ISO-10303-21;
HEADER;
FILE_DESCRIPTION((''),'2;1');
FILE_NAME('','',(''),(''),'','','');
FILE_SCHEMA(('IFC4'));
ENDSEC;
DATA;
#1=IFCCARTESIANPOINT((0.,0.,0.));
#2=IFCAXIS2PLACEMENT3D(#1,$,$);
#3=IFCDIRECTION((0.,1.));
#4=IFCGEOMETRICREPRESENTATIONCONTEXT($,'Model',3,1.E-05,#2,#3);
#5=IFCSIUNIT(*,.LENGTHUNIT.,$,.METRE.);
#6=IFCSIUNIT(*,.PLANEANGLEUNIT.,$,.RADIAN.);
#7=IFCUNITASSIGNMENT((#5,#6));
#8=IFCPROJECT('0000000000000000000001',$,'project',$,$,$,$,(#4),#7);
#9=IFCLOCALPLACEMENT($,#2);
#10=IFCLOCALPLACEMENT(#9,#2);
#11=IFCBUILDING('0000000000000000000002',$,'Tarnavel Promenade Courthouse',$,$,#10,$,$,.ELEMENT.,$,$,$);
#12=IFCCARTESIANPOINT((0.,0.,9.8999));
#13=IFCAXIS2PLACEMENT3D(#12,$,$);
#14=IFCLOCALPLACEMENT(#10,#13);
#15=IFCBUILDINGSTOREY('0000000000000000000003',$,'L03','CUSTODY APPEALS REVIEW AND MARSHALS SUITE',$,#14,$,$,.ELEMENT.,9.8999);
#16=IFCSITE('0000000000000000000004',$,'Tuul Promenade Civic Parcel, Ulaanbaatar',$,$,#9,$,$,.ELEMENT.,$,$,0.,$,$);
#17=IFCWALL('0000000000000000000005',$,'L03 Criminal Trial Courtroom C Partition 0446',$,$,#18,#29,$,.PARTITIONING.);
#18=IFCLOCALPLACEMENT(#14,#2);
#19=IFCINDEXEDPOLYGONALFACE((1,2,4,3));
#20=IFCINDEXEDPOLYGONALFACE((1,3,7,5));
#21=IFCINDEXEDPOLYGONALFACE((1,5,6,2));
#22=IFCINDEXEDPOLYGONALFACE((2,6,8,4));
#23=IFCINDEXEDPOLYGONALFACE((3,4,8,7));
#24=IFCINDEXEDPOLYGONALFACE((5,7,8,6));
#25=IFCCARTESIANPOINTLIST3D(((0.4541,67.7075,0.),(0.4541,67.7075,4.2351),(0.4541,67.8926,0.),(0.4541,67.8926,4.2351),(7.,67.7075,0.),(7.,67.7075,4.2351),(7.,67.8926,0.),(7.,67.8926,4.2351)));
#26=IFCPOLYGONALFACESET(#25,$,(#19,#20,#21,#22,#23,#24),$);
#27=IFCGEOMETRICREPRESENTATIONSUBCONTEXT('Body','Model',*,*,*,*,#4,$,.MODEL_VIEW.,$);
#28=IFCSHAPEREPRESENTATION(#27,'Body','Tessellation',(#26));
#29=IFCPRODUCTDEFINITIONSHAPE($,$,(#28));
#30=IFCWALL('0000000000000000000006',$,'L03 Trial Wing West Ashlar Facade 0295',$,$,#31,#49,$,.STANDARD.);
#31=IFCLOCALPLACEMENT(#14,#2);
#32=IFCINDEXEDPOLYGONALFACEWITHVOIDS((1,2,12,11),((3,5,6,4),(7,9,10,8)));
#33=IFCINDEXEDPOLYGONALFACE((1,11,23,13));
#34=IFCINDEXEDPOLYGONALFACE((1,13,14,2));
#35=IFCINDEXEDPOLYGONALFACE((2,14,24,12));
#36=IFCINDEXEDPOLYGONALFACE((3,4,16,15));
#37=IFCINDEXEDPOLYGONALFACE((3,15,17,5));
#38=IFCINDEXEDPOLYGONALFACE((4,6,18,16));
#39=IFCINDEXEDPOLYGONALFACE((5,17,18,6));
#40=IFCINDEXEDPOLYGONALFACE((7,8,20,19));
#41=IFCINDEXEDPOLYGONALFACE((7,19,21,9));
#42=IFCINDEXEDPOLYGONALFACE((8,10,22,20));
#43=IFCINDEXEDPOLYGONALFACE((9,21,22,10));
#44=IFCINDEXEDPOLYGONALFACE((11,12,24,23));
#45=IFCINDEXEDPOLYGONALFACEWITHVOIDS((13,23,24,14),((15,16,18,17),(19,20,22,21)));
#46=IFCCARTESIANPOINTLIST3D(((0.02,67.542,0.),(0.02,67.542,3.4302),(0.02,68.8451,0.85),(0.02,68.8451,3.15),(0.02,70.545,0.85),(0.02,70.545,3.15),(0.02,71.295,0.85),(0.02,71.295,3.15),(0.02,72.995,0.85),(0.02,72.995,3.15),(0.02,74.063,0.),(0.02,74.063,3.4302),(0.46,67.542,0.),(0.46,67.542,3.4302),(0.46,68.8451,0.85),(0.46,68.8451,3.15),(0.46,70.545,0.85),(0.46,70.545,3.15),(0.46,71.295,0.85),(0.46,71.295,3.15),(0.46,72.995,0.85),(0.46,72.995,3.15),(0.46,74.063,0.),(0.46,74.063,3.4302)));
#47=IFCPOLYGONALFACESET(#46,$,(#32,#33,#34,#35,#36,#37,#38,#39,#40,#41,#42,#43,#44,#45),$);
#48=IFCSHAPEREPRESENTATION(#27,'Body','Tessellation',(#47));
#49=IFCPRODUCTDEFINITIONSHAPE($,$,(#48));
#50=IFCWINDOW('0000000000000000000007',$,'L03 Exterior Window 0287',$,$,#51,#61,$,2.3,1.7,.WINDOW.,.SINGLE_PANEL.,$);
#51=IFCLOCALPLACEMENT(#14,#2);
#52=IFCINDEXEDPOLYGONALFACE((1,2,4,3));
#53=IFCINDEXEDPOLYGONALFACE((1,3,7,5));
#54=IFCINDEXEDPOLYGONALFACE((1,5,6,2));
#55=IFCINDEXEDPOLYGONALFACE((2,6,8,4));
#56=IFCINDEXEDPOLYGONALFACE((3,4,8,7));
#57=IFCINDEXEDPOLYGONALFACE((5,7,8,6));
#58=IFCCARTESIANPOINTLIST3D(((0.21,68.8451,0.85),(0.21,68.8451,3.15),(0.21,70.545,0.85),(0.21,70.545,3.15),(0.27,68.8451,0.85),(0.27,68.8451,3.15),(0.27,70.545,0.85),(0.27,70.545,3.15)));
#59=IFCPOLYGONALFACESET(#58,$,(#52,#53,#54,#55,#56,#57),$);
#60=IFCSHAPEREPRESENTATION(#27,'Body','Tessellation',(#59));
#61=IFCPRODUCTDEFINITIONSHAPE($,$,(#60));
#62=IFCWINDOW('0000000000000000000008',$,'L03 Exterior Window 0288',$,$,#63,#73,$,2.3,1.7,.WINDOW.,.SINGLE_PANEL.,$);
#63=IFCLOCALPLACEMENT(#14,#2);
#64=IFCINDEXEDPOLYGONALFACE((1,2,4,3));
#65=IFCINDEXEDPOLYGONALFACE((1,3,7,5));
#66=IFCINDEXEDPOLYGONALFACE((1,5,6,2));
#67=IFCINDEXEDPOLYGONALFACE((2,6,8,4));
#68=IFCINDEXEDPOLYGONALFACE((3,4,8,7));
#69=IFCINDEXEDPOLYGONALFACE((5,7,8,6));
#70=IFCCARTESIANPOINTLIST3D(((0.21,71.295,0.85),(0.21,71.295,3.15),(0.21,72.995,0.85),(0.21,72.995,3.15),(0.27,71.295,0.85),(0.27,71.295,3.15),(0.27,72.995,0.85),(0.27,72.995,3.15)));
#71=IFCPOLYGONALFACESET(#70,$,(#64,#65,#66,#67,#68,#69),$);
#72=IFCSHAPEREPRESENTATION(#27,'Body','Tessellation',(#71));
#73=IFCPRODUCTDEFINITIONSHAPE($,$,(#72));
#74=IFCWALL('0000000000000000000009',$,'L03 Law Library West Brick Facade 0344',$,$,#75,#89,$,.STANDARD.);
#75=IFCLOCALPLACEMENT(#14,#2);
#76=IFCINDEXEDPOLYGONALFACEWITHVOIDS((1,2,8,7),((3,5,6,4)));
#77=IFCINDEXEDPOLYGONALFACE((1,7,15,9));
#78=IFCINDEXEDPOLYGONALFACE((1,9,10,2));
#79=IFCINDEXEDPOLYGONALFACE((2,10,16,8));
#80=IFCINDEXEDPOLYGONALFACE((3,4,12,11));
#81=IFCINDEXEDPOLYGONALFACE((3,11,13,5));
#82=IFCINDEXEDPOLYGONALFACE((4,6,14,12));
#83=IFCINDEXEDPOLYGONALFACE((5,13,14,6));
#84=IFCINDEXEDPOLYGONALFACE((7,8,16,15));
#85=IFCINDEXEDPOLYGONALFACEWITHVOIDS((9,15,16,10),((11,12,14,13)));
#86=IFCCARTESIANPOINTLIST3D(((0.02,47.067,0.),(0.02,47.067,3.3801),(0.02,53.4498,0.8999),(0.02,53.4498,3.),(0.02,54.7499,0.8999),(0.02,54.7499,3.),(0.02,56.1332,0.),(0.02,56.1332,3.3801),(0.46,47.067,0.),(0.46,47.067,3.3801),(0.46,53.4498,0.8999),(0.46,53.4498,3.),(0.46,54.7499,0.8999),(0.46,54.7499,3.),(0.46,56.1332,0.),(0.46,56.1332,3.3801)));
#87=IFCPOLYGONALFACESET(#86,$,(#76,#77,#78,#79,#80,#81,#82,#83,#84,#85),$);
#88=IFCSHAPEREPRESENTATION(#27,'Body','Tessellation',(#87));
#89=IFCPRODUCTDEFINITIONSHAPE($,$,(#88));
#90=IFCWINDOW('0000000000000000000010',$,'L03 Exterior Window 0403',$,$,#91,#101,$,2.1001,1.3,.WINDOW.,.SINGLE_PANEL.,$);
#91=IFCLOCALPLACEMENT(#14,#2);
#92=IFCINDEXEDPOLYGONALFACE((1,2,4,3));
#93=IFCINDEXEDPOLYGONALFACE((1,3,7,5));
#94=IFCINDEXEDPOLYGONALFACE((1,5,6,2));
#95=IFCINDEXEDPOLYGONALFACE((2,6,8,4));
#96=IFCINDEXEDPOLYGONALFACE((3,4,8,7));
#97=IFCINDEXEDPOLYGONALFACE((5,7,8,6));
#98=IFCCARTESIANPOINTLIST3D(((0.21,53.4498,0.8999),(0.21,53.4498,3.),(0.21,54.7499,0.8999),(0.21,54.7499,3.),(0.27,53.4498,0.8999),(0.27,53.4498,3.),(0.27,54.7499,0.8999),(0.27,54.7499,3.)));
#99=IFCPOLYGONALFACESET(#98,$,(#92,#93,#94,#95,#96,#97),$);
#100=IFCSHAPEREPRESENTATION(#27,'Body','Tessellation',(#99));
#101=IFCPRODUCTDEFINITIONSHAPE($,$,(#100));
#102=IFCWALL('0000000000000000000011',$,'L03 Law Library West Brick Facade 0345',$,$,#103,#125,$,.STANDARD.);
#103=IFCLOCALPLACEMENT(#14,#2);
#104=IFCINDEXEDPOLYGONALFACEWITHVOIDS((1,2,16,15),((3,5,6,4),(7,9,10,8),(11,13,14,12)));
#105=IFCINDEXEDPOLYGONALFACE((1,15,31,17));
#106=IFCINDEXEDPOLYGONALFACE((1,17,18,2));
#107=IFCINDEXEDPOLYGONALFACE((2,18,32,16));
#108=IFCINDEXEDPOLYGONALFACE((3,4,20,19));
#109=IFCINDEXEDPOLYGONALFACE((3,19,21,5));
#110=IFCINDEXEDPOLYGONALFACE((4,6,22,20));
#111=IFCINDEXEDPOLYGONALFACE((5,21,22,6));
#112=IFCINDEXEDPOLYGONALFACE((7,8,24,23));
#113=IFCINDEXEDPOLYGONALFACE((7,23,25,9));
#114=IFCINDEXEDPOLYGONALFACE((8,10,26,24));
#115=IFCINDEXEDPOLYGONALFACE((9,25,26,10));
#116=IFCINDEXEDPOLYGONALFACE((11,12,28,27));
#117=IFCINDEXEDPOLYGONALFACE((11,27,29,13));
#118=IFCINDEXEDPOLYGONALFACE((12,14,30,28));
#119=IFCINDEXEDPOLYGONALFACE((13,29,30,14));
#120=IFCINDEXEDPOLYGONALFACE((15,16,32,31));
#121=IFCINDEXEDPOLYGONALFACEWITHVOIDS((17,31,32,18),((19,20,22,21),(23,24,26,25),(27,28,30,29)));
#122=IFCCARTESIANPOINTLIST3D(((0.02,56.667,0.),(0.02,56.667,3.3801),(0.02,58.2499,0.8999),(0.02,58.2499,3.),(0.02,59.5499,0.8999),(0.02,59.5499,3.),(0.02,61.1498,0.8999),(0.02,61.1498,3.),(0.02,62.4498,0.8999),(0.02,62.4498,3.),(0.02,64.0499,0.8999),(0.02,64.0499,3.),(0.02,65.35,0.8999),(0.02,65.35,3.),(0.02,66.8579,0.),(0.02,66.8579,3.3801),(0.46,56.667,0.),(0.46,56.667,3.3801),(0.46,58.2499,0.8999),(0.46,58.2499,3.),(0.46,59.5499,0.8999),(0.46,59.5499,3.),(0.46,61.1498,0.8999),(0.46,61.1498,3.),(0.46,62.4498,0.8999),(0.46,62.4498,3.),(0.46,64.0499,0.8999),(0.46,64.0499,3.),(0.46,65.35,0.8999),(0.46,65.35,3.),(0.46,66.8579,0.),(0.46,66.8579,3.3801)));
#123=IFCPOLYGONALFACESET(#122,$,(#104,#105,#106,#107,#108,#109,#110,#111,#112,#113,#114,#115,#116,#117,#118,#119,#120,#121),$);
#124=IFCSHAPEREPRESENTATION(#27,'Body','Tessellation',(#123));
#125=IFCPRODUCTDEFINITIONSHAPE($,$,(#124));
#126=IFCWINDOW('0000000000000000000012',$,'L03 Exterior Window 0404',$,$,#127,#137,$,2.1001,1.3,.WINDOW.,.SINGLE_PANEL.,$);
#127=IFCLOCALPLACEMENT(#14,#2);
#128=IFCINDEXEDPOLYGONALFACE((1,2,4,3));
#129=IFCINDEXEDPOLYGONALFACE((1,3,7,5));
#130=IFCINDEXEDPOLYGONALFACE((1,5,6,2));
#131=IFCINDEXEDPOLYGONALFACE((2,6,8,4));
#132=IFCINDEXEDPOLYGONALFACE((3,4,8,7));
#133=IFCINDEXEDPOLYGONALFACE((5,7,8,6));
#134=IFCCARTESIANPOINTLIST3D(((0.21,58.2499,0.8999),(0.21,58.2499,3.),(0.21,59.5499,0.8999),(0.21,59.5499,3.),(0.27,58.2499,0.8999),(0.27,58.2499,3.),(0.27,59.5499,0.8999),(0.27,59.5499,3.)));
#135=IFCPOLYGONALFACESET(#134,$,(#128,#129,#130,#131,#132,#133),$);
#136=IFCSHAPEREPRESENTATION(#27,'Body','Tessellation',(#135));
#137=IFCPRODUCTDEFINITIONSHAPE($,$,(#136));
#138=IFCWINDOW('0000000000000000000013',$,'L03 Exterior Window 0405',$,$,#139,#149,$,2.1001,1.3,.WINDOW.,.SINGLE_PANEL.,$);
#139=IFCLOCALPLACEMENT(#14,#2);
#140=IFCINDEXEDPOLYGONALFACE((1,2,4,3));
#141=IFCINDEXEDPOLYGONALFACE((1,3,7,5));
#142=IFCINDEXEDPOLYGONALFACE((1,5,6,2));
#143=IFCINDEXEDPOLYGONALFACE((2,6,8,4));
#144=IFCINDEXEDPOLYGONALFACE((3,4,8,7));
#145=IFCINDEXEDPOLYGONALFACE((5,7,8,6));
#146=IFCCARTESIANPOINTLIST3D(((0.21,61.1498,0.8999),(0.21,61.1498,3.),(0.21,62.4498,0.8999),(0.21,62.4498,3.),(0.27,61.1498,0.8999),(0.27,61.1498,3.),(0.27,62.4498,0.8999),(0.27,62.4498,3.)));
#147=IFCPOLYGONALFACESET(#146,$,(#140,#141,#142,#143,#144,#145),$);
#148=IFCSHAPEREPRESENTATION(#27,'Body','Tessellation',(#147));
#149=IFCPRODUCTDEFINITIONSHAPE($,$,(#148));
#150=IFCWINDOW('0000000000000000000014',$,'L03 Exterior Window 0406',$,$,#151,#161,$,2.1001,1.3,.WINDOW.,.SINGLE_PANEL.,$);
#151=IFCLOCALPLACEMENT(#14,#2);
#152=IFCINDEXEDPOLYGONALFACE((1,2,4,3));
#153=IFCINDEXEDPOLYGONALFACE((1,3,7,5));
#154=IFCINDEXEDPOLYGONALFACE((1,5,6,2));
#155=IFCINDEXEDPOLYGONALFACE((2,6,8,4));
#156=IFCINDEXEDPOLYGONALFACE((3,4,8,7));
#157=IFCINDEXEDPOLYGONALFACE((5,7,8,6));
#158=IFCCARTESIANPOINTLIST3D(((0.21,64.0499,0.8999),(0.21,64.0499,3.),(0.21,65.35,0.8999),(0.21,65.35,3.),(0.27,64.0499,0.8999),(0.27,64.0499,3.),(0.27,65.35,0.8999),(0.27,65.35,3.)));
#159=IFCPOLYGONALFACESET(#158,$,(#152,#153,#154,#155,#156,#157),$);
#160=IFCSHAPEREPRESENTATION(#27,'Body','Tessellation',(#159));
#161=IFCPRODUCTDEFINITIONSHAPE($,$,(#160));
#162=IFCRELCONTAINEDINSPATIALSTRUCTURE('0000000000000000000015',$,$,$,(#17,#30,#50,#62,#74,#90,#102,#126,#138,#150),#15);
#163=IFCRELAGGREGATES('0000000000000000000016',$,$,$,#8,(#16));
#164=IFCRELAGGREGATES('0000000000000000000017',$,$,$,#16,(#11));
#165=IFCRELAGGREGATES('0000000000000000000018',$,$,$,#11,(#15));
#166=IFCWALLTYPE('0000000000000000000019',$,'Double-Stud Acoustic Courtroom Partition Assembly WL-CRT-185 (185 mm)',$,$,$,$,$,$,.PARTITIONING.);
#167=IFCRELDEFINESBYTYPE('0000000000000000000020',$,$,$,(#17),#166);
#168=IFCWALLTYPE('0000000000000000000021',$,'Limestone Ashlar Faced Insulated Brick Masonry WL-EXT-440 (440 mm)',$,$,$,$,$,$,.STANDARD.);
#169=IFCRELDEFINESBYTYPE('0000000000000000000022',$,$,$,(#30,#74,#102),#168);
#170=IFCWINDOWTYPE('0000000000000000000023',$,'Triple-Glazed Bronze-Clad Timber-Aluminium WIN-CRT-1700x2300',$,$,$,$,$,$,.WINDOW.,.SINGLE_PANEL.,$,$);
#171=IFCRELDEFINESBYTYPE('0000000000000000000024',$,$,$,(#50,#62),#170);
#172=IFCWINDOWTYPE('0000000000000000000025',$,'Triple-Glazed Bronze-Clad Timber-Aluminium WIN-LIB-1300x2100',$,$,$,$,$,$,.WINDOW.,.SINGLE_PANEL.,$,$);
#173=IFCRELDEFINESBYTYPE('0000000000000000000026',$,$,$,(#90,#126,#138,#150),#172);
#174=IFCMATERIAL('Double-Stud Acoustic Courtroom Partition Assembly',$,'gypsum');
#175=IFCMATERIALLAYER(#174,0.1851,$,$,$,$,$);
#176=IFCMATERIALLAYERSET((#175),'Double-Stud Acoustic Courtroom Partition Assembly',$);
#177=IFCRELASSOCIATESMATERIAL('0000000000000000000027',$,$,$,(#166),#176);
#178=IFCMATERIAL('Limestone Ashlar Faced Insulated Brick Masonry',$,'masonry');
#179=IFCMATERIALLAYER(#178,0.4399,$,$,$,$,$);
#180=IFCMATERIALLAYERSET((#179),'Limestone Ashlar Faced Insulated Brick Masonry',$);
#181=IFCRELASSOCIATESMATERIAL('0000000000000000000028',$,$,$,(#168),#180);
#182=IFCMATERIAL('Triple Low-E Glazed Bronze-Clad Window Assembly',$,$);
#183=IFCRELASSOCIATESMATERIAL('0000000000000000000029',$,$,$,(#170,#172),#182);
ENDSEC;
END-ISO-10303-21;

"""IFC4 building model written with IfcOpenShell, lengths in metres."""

from ifc_helpers import new_model, si_unit, direction, frame, frame_2d, origin, place, context, subcontext, project, spatial, rectangle, extrude, material, layer, layer_set, type_object, element, fill, save


model = new_model("IFC4")

# Units and contexts
model_context = context("Model", 3, precision=1e-05, world=origin(), true_north=direction((0.0, 1.0)))
body_context = subcontext(model_context, "Body", "Model", "MODEL_VIEW")
ifc_project = project(units=[si_unit("LENGTHUNIT", "METRE"), si_unit("PLANEANGLEUNIT", "RADIAN")], contexts=[model_context])

# Site, building, storey
site_placement = place(None, origin())
site = spatial("IfcSite", under=ifc_project, at=site_placement, Name="Tuul Promenade Civic Parcel, Ulaanbaatar", CompositionType="ELEMENT", RefElevation=0.0)
building_placement = place(site_placement, origin())
building = spatial("IfcBuilding", under=site, at=building_placement, Name="Tarnavel Promenade Courthouse", CompositionType="ELEMENT")
storey_placement = place(building_placement, frame((0.0, 0.0, 9.8999)))
storey = spatial("IfcBuildingStorey", under=building, at=storey_placement, Name="L03", Description="CUSTODY APPEALS REVIEW AND MARSHALS SUITE", CompositionType="ELEMENT", Elevation=9.8999)

# Wall
ifc_material_1 = material(Name="Double-Stud Acoustic Courtroom Partition Assembly", Category="gypsum")
ifc_layer_1 = layer(ifc_material_1, 0.1851)
ifc_layer_set_1 = layer_set([ifc_layer_1], Name="Double-Stud Acoustic Courtroom Partition Assembly")
wall_type_1 = type_object("IfcWallType", Name="Double-Stud Acoustic Courtroom Partition Assembly WL-CRT-185 (185 mm)", PredefinedType="PARTITIONING", material=ifc_layer_set_1)
wall_1_placement = place(storey_placement, frame((7.0, 67.8, 0.0), z_axis=(0.0, 0.0, 1.0), x_axis=(-1.0, 0.0, 0.0)))
element("IfcWall", 1, at=wall_1_placement, inside=storey, type_object=wall_type_1, Name="L03 Criminal Trial Courtroom C Partition 0446", PredefinedType="PARTITIONING", context=body_context, shape_type="SweptSolid", body=[
    extrude(rectangle(XDim=6.5459, YDim=0.1851, at=frame_2d((3.2729, 0.0))), origin(), (0.0, 0.0, 1.0), 4.2351),
])

# Wall, openings, windows
ifc_material_2 = material(Name="Limestone Ashlar Faced Insulated Brick Masonry", Category="masonry")
ifc_layer_2 = layer(ifc_material_2, 0.4399)
ifc_layer_set_2 = layer_set([ifc_layer_2], Name="Limestone Ashlar Faced Insulated Brick Masonry")
wall_type_2 = type_object("IfcWallType", Name="Limestone Ashlar Faced Insulated Brick Masonry WL-EXT-440 (440 mm)", PredefinedType="STANDARD", material=ifc_layer_set_2)
wall_2_placement = place(storey_placement, frame((0.24, 67.542, 0.0), z_axis=(0.0, 0.0, 1.0), x_axis=(0.0, 1.0, 0.0)))
wall_2 = element("IfcWall", 2, at=wall_2_placement, inside=storey, type_object=wall_type_2, Name="L03 Trial Wing West Ashlar Facade 0295", PredefinedType="STANDARD", context=body_context, shape_type="SweptSolid", body=[
    extrude(rectangle(XDim=6.521, YDim=0.4399, at=frame_2d((3.2605, 0.0))), origin(), (0.0, 0.0, 1.0), 3.4302),
])
opening_1_placement = place(wall_2_placement, frame((1.303, 0.0, 0.8501)))
opening_1 = element("IfcOpeningElement", 3, at=opening_1_placement, cuts=wall_2, PredefinedType="OPENING", context=body_context, shape_type="SweptSolid", body=[
    extrude(rectangle(XDim=1.7, YDim=2.3, at=frame_2d((0.8501, 1.1499))), frame((0.0, 0.23, 0.0), z_axis=(0.0, -1.0, 0.0), x_axis=(1.0, 0.0, 0.0)), (0.0, 0.0, 1.0), 0.46),
])
opening_2_placement = place(wall_2_placement, frame((3.7529, 0.0, 0.8501)))
opening_2 = element("IfcOpeningElement", 4, at=opening_2_placement, cuts=wall_2, PredefinedType="OPENING", context=body_context, shape_type="SweptSolid", body=[
    extrude(rectangle(XDim=1.7, YDim=2.3, at=frame_2d((0.8501, 1.1499))), frame((0.0, 0.23, 0.0), z_axis=(0.0, -1.0, 0.0), x_axis=(1.0, 0.0, 0.0)), (0.0, 0.0, 1.0), 0.46),
])
ifc_material_3 = material(Name="Triple Low-E Glazed Bronze-Clad Window Assembly")
window_type_1 = type_object("IfcWindowType", Name="Triple-Glazed Bronze-Clad Timber-Aluminium WIN-CRT-1700x2300", PartitioningType="SINGLE_PANEL", PredefinedType="WINDOW", material=ifc_material_3)
window_1_placement = place(opening_1_placement, origin())
window_1 = element("IfcWindow", 5, at=window_1_placement, inside=storey, type_object=window_type_1, Name="L03 Exterior Window 0287", OverallHeight=2.3, OverallWidth=1.7, PartitioningType="SINGLE_PANEL", PredefinedType="WINDOW", context=body_context, shape_type="SweptSolid", body=[
    extrude(rectangle(XDim=1.7, YDim=2.3, at=frame_2d((0.8501, 1.1499))), frame((0.0, 0.03, 0.0), z_axis=(0.0, -1.0, 0.0), x_axis=(1.0, 0.0, 0.0)), (0.0, 0.0, 1.0), 0.0601),
])
fill(opening_1, window_1)
window_2_placement = place(opening_2_placement, origin())
window_2 = element("IfcWindow", 6, at=window_2_placement, inside=storey, type_object=window_type_1, Name="L03 Exterior Window 0288", OverallHeight=2.3, OverallWidth=1.7, PartitioningType="SINGLE_PANEL", PredefinedType="WINDOW", context=body_context, shape_type="SweptSolid", body=[
    extrude(rectangle(XDim=1.7, YDim=2.3, at=frame_2d((0.8501, 1.1499))), frame((0.0, 0.03, 0.0), z_axis=(0.0, -1.0, 0.0), x_axis=(1.0, 0.0, 0.0)), (0.0, 0.0, 1.0), 0.0601),
])
fill(opening_2, window_2)

# Wall, opening, window
wall_3_placement = place(storey_placement, frame((0.24, 47.0669, 0.0), z_axis=(0.0, 0.0, 1.0), x_axis=(0.0, 1.0, 0.0)))
wall_3 = element("IfcWall", 7, at=wall_3_placement, inside=storey, type_object=wall_type_2, Name="L03 Law Library West Brick Facade 0344", PredefinedType="STANDARD", context=body_context, shape_type="SweptSolid", body=[
    extrude(rectangle(XDim=9.0662, YDim=0.4399, at=frame_2d((4.5332, 0.0))), origin(), (0.0, 0.0, 1.0), 3.3801),
])
opening_3_placement = place(wall_3_placement, frame((6.3831, 0.0, 0.8999)))
opening_3 = element("IfcOpeningElement", 8, at=opening_3_placement, cuts=wall_3, PredefinedType="OPENING", context=body_context, shape_type="SweptSolid", body=[
    extrude(rectangle(XDim=1.3, YDim=2.1001, at=frame_2d((0.6499, 1.05))), frame((0.0, 0.23, 0.0), z_axis=(0.0, -1.0, 0.0), x_axis=(1.0, 0.0, 0.0)), (0.0, 0.0, 1.0), 0.46),
])
window_type_2 = type_object("IfcWindowType", Name="Triple-Glazed Bronze-Clad Timber-Aluminium WIN-LIB-1300x2100", PartitioningType="SINGLE_PANEL", PredefinedType="WINDOW", material=ifc_material_3)
window_3_placement = place(opening_3_placement, origin())
window_3 = element("IfcWindow", 9, at=window_3_placement, inside=storey, type_object=window_type_2, Name="L03 Exterior Window 0403", OverallHeight=2.1001, OverallWidth=1.3, PartitioningType="SINGLE_PANEL", PredefinedType="WINDOW", context=body_context, shape_type="SweptSolid", body=[
    extrude(rectangle(XDim=1.3, YDim=2.1001, at=frame_2d((0.6499, 1.05))), frame((0.0, 0.03, 0.0), z_axis=(0.0, -1.0, 0.0), x_axis=(1.0, 0.0, 0.0)), (0.0, 0.0, 1.0), 0.0601),
])
fill(opening_3, window_3)

# Wall, openings, windows
wall_4_placement = place(storey_placement, frame((0.24, 56.667, 0.0), z_axis=(0.0, 0.0, 1.0), x_axis=(0.0, 1.0, 0.0)))
wall_4 = element("IfcWall", 10, at=wall_4_placement, inside=storey, type_object=wall_type_2, Name="L03 Law Library West Brick Facade 0345", PredefinedType="STANDARD", context=body_context, shape_type="SweptSolid", body=[
    extrude(rectangle(XDim=10.1909, YDim=0.4399, at=frame_2d((5.0955, 0.0))), origin(), (0.0, 0.0, 1.0), 3.3801),
])
opening_4_placement = place(wall_4_placement, frame((1.583, 0.0, 0.8999)))
opening_4 = element("IfcOpeningElement", 11, at=opening_4_placement, cuts=wall_4, PredefinedType="OPENING", context=body_context, shape_type="SweptSolid", body=[
    extrude(rectangle(XDim=1.3, YDim=2.1001, at=frame_2d((0.6499, 1.05))), frame((0.0, 0.23, 0.0), z_axis=(0.0, -1.0, 0.0), x_axis=(1.0, 0.0, 0.0)), (0.0, 0.0, 1.0), 0.46),
])
opening_5_placement = place(wall_4_placement, frame((4.4829, 0.0, 0.8999)))
opening_5 = element("IfcOpeningElement", 12, at=opening_5_placement, cuts=wall_4, PredefinedType="OPENING", context=body_context, shape_type="SweptSolid", body=[
    extrude(rectangle(XDim=1.3, YDim=2.1001, at=frame_2d((0.6499, 1.05))), frame((0.0, 0.23, 0.0), z_axis=(0.0, -1.0, 0.0), x_axis=(1.0, 0.0, 0.0)), (0.0, 0.0, 1.0), 0.46),
])
opening_6_placement = place(wall_4_placement, frame((7.3831, 0.0, 0.8999)))
opening_6 = element("IfcOpeningElement", 13, at=opening_6_placement, cuts=wall_4, PredefinedType="OPENING", context=body_context, shape_type="SweptSolid", body=[
    extrude(rectangle(XDim=1.3, YDim=2.1001, at=frame_2d((0.6499, 1.05))), frame((0.0, 0.23, 0.0), z_axis=(0.0, -1.0, 0.0), x_axis=(1.0, 0.0, 0.0)), (0.0, 0.0, 1.0), 0.46),
])
window_4_placement = place(opening_4_placement, origin())
window_4 = element("IfcWindow", 14, at=window_4_placement, inside=storey, type_object=window_type_2, Name="L03 Exterior Window 0404", OverallHeight=2.1001, OverallWidth=1.3, PartitioningType="SINGLE_PANEL", PredefinedType="WINDOW", context=body_context, shape_type="SweptSolid", body=[
    extrude(rectangle(XDim=1.3, YDim=2.1001, at=frame_2d((0.6499, 1.05))), frame((0.0, 0.03, 0.0), z_axis=(0.0, -1.0, 0.0), x_axis=(1.0, 0.0, 0.0)), (0.0, 0.0, 1.0), 0.0601),
])
fill(opening_4, window_4)
window_5_placement = place(opening_5_placement, origin())
window_5 = element("IfcWindow", 15, at=window_5_placement, inside=storey, type_object=window_type_2, Name="L03 Exterior Window 0405", OverallHeight=2.1001, OverallWidth=1.3, PartitioningType="SINGLE_PANEL", PredefinedType="WINDOW", context=body_context, shape_type="SweptSolid", body=[
    extrude(rectangle(XDim=1.3, YDim=2.1001, at=frame_2d((0.6499, 1.05))), frame((0.0, 0.03, 0.0), z_axis=(0.0, -1.0, 0.0), x_axis=(1.0, 0.0, 0.0)), (0.0, 0.0, 1.0), 0.0601),
])
fill(opening_5, window_5)
window_6_placement = place(opening_6_placement, origin())
window_6 = element("IfcWindow", 16, at=window_6_placement, inside=storey, type_object=window_type_2, Name="L03 Exterior Window 0406", OverallHeight=2.1001, OverallWidth=1.3, PartitioningType="SINGLE_PANEL", PredefinedType="WINDOW", context=body_context, shape_type="SweptSolid", body=[
    extrude(rectangle(XDim=1.3, YDim=2.1001, at=frame_2d((0.6499, 1.05))), frame((0.0, 0.03, 0.0), z_axis=(0.0, -1.0, 0.0), x_axis=(1.0, 0.0, 0.0)), (0.0, 0.0, 1.0), 0.0601),
])
fill(opening_6, window_6)

save(model, "model.ifc")
